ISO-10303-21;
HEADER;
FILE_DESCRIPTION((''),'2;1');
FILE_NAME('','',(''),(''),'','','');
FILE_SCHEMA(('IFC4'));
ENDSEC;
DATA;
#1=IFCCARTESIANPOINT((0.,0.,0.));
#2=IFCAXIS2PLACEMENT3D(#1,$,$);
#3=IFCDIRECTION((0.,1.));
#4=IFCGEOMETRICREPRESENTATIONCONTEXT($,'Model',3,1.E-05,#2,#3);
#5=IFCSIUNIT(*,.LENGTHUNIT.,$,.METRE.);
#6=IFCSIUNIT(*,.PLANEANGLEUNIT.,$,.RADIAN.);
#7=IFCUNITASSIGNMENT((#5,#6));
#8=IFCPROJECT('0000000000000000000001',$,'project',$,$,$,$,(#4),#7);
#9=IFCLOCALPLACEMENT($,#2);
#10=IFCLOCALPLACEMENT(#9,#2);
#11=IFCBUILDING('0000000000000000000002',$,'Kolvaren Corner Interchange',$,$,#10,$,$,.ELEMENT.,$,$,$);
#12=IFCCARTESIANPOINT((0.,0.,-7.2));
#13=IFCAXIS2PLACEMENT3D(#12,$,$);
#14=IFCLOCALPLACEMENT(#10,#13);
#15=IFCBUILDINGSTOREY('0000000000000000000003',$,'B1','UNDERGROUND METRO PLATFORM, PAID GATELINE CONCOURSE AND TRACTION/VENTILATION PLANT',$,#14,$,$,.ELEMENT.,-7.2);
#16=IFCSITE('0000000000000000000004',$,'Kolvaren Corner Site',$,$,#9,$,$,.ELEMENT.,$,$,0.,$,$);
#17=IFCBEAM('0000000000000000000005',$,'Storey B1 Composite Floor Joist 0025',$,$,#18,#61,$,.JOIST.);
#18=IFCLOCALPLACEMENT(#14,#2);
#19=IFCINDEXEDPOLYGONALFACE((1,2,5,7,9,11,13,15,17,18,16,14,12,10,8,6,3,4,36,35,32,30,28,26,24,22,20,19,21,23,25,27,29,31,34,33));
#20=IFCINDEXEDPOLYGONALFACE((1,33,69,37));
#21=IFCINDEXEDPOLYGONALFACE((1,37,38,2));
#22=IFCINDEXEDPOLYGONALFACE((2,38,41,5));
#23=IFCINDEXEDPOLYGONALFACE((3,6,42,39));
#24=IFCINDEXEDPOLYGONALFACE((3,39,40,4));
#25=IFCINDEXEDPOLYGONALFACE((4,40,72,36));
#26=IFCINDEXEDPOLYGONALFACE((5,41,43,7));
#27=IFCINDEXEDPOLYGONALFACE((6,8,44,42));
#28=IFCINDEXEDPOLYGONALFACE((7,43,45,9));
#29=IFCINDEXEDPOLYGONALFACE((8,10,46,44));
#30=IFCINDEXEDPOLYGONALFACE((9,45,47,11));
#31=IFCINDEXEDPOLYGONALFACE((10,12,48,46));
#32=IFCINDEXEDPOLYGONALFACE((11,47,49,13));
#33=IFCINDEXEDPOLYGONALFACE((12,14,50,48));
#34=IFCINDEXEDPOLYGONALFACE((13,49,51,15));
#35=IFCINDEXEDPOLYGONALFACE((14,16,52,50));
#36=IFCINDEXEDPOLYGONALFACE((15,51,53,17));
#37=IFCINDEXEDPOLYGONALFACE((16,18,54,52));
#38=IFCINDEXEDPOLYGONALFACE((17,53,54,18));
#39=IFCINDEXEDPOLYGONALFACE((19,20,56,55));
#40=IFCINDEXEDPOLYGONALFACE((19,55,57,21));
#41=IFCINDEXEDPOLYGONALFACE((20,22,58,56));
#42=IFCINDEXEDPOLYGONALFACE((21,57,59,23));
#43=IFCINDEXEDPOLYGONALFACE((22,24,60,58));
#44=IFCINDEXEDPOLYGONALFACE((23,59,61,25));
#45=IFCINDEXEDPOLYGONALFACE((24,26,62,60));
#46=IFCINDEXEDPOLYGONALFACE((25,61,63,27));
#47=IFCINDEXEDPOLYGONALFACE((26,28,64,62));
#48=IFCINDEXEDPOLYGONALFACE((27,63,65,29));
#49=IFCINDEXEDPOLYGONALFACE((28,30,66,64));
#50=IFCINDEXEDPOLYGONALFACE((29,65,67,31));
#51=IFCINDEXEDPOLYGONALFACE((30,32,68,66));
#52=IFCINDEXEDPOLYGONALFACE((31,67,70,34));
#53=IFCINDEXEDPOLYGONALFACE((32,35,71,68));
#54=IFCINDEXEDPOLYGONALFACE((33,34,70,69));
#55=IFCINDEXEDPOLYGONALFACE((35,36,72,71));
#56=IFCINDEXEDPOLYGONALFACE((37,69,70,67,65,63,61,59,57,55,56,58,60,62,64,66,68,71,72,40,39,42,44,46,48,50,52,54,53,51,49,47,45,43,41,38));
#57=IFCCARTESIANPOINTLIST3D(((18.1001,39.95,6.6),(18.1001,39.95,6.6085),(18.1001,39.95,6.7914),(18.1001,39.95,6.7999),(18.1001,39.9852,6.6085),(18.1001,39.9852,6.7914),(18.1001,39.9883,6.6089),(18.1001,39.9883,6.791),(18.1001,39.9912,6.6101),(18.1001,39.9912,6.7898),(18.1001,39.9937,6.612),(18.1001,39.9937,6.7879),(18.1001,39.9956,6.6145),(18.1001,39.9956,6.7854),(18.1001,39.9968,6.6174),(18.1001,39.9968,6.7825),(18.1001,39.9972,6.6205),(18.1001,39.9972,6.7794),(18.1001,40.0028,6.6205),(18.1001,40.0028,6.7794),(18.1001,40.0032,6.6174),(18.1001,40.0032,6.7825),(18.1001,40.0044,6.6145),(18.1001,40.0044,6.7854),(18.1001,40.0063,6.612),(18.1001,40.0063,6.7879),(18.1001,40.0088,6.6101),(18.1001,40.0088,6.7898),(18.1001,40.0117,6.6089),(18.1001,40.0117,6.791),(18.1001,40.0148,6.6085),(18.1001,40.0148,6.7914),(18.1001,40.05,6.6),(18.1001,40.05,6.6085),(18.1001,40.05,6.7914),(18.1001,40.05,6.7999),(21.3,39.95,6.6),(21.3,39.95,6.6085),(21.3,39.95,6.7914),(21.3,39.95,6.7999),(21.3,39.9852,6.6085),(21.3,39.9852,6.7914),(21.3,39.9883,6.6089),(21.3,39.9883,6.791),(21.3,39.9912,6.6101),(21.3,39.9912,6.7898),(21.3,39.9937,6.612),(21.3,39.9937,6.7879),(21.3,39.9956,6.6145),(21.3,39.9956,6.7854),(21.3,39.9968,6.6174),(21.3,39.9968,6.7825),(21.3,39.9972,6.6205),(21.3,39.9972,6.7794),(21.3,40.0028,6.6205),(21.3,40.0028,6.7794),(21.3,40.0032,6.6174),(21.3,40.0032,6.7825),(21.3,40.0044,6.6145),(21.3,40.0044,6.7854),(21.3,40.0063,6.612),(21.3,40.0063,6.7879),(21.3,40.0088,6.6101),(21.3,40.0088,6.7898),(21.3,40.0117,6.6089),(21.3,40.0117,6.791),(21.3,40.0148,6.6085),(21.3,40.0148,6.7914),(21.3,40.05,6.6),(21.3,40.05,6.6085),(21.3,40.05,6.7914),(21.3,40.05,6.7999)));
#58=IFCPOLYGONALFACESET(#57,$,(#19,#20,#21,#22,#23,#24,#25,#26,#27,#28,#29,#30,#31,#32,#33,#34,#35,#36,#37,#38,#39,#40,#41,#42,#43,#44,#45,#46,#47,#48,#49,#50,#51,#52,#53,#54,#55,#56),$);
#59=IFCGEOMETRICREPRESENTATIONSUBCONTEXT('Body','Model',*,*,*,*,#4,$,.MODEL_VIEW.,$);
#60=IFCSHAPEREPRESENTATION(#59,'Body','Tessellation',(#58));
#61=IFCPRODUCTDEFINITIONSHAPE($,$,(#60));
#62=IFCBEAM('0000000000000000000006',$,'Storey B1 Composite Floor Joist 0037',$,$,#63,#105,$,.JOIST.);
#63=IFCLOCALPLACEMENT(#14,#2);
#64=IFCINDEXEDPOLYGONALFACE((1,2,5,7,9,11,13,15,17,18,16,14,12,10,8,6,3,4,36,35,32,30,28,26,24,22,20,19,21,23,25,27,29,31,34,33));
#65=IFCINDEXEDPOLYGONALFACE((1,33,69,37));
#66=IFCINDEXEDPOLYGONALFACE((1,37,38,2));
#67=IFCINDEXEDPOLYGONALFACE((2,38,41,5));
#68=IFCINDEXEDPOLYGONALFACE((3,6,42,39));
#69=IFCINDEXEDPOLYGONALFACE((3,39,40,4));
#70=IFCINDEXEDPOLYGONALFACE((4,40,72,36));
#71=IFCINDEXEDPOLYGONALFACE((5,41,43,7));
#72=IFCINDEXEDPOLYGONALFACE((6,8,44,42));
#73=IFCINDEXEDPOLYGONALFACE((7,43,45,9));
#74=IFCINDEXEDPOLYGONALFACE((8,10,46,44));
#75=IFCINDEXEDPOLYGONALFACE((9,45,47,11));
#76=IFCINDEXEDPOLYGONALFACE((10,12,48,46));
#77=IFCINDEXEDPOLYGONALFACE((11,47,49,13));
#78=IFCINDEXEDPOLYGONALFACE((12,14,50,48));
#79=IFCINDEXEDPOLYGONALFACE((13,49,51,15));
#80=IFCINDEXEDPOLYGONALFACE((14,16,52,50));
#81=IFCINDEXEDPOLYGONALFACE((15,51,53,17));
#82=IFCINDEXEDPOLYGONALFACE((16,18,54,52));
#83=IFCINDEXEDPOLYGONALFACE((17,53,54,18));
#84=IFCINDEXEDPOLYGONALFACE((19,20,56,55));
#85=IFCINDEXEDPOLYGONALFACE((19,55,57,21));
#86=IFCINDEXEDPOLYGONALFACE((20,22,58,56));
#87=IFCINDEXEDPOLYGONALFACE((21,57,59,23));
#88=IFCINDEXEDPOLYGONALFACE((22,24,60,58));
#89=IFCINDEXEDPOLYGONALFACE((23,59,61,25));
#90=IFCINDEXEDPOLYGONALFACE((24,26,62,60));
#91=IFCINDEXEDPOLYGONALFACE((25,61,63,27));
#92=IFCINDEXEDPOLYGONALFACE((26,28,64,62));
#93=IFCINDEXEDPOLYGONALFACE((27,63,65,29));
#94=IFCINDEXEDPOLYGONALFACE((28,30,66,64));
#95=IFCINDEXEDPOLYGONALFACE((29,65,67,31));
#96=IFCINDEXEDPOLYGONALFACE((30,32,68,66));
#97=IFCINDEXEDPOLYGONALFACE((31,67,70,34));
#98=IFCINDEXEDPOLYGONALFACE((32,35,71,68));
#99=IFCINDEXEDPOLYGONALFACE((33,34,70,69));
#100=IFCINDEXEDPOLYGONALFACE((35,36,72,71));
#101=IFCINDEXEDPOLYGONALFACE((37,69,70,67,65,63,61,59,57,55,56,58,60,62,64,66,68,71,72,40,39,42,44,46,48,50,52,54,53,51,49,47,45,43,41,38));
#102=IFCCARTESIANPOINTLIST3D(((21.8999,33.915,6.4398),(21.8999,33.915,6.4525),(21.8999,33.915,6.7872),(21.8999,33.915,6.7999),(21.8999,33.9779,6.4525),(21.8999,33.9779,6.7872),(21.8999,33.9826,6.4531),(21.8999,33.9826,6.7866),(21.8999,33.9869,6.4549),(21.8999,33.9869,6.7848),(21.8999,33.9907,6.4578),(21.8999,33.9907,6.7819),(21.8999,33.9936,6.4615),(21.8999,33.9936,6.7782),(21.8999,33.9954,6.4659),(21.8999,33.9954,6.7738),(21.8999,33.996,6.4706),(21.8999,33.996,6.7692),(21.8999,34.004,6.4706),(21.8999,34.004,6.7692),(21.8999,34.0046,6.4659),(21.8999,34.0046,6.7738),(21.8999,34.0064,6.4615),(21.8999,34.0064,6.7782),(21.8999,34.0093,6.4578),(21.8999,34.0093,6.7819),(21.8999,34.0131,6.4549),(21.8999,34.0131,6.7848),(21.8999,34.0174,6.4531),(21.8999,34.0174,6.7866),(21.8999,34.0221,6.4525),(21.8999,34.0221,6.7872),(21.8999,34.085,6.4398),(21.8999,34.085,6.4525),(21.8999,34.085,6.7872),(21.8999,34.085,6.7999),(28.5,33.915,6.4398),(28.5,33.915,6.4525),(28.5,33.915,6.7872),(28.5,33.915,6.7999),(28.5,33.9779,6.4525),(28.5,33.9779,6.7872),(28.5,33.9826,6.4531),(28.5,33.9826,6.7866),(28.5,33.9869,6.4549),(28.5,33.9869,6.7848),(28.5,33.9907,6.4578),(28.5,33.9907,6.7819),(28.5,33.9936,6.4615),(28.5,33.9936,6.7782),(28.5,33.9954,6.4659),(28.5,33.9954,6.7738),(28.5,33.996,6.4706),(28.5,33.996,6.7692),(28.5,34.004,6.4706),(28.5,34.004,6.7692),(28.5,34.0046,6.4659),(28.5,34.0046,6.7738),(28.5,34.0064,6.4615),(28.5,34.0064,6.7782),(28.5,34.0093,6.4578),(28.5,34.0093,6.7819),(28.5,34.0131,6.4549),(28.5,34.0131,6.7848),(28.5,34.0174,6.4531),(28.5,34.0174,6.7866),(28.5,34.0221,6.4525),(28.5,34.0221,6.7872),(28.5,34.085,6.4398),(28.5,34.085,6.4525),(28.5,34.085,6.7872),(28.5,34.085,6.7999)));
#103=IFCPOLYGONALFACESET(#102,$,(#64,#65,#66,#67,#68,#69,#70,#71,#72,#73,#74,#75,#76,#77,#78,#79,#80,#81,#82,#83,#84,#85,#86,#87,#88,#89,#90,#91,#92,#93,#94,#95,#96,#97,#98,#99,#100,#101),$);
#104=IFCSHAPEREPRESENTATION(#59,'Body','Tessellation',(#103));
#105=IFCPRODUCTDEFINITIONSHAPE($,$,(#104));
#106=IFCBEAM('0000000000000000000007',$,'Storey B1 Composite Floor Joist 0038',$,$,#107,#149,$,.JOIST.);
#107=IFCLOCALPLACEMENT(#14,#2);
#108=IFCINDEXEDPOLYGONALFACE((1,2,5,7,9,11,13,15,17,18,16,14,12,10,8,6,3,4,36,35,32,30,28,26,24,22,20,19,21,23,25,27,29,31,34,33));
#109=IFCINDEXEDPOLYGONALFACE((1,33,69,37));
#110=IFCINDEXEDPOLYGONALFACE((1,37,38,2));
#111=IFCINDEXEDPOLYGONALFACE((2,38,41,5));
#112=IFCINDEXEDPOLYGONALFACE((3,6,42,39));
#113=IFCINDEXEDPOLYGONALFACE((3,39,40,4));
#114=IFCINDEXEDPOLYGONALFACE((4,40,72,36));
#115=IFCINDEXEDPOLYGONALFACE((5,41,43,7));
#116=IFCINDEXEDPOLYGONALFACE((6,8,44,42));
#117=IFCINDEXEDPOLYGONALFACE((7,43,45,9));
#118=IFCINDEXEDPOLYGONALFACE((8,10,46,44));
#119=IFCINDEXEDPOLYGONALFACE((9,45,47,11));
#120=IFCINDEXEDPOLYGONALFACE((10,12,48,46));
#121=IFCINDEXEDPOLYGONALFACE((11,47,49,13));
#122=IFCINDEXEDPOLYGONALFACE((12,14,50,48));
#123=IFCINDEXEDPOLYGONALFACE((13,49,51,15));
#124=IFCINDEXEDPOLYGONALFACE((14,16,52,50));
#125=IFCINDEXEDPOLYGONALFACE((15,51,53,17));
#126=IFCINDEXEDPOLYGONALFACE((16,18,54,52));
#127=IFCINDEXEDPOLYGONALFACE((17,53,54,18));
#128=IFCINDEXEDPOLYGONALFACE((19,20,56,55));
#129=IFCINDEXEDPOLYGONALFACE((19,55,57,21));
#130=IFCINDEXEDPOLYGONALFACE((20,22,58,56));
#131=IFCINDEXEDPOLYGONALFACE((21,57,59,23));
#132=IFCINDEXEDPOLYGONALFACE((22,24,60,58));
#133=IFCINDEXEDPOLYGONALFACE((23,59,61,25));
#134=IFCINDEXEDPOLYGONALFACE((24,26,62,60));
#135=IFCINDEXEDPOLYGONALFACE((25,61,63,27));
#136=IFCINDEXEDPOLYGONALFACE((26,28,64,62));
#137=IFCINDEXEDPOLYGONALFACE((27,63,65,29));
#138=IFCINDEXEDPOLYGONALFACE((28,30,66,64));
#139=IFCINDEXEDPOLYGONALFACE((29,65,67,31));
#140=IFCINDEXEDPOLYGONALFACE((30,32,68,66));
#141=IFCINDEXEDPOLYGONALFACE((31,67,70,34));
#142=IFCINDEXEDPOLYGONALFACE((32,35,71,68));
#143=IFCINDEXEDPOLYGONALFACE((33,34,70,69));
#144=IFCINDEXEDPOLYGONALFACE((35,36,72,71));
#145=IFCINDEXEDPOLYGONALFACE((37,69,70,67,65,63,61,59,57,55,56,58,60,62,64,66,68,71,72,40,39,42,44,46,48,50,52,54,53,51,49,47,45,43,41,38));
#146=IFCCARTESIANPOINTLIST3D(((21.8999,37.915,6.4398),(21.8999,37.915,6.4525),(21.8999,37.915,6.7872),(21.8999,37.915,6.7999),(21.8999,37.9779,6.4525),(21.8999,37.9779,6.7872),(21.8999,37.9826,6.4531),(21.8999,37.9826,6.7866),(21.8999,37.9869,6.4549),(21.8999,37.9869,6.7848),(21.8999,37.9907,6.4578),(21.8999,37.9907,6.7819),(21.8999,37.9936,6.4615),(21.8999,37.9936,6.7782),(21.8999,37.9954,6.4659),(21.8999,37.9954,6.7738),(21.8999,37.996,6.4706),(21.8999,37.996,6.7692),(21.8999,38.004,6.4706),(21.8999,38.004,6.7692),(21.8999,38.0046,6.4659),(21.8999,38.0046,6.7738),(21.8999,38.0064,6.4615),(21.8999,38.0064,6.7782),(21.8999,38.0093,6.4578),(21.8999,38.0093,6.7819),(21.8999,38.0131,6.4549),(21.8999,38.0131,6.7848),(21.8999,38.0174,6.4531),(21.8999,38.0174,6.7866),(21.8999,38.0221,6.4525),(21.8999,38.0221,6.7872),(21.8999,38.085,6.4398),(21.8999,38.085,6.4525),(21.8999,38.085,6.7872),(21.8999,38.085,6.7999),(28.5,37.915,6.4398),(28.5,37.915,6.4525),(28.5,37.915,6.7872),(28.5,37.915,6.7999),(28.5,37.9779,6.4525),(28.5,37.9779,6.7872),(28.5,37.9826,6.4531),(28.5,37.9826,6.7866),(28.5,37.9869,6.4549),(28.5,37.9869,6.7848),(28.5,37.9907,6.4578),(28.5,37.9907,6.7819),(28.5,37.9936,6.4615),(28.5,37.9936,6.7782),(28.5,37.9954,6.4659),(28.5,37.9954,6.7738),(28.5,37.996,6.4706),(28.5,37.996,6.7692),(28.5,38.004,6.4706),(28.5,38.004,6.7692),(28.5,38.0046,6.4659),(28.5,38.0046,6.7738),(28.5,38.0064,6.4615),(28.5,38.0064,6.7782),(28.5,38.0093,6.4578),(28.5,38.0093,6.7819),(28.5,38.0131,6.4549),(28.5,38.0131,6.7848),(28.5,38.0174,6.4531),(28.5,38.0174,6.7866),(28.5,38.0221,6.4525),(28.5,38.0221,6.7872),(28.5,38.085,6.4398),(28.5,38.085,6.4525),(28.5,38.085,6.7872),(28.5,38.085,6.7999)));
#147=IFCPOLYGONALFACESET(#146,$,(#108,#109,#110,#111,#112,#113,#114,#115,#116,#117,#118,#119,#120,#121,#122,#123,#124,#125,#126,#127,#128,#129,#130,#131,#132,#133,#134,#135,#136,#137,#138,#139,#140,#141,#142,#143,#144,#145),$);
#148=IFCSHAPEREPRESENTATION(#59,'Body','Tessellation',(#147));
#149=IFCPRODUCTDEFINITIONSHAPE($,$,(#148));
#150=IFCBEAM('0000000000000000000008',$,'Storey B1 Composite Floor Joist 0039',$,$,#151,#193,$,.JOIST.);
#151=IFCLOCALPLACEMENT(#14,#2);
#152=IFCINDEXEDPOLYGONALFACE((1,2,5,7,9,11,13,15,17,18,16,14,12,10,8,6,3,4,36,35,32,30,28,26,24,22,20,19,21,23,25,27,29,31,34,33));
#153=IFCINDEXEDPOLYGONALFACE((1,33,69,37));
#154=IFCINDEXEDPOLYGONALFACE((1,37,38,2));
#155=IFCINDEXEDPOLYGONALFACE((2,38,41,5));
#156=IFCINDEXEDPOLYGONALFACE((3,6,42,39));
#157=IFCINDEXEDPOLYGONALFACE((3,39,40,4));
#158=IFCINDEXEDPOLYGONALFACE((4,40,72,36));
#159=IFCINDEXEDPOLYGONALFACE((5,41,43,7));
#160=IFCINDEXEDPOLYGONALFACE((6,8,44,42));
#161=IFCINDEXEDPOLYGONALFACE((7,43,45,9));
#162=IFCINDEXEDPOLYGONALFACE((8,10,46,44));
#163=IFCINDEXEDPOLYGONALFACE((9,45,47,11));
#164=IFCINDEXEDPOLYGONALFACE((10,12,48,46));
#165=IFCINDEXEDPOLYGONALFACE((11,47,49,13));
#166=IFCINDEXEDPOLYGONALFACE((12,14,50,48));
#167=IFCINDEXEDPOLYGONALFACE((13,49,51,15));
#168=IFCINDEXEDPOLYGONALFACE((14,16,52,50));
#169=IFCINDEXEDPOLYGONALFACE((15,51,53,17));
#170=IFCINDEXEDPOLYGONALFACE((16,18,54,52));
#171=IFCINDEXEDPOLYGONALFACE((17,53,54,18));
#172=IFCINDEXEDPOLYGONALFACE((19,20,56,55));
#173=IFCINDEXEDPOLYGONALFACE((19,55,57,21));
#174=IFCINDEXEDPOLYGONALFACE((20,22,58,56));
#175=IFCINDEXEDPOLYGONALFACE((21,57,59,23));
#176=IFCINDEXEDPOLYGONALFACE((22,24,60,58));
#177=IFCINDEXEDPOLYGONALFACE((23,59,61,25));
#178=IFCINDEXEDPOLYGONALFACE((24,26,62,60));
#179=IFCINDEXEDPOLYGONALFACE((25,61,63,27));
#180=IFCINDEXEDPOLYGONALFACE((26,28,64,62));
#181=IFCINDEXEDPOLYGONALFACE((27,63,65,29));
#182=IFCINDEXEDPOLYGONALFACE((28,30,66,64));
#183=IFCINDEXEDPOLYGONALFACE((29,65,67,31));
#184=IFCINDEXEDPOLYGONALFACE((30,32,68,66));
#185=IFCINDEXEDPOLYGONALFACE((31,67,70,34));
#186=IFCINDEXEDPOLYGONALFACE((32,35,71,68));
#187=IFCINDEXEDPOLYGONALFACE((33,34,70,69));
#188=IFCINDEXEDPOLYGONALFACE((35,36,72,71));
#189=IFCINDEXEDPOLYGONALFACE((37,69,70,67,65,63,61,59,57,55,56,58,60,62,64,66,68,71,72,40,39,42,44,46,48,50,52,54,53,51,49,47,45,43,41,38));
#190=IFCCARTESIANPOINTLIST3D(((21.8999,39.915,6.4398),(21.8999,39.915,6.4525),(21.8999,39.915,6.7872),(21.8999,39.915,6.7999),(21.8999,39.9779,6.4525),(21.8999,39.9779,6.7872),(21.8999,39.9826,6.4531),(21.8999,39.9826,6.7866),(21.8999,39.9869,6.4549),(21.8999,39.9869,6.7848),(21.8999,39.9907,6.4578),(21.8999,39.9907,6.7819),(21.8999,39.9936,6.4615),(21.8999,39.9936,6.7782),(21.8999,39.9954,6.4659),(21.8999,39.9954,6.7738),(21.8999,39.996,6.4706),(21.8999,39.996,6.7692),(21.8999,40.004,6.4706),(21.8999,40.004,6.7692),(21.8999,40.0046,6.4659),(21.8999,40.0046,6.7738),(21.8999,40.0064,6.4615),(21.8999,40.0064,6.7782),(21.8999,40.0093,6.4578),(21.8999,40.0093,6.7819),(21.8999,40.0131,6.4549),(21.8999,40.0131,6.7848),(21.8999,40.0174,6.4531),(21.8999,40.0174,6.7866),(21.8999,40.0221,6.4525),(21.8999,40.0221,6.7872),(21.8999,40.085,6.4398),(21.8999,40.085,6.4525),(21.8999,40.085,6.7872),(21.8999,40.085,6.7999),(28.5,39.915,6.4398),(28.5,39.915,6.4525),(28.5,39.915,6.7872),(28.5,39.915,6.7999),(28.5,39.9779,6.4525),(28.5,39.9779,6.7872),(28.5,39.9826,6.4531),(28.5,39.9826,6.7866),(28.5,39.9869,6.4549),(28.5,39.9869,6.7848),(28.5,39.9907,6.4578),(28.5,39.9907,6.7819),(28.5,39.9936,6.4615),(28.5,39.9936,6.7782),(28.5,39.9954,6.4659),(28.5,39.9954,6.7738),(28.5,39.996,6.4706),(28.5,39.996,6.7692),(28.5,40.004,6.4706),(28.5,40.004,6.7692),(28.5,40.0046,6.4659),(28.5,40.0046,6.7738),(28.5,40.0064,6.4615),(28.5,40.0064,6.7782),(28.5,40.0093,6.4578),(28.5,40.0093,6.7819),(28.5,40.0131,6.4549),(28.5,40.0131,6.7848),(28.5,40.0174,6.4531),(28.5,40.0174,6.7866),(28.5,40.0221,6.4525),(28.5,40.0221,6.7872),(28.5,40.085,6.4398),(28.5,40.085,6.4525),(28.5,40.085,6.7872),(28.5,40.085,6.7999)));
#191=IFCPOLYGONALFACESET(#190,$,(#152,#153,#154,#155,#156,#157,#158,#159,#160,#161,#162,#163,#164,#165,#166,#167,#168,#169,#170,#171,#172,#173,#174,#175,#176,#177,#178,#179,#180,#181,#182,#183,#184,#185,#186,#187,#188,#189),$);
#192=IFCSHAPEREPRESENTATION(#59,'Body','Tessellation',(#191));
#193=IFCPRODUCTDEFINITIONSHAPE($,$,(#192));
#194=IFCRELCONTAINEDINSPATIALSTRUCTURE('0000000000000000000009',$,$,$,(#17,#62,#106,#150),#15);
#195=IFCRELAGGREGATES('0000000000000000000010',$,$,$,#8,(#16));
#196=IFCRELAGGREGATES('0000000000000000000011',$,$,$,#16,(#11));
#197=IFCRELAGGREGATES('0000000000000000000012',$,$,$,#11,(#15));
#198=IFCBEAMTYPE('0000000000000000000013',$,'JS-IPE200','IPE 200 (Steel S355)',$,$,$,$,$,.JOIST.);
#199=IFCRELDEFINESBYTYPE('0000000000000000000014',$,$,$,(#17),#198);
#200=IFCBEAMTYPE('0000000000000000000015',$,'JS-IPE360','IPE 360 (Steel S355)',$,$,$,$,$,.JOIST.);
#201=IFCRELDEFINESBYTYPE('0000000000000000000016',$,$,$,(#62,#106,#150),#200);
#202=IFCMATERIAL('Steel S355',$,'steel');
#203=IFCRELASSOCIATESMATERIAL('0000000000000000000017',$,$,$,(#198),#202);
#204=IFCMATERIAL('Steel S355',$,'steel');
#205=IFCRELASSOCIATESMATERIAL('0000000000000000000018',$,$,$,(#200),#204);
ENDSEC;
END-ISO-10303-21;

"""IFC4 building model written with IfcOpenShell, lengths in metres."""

from ifc_helpers import new_model, si_unit, direction, frame, origin, origin_2d, place, context, subcontext, project, spatial, i_section, extrude, material, material_profile, profile_set, type_object, element, save


model = new_model("IFC4")

# Units and contexts
model_context = context("Model", 3, precision=1e-05, world=origin(), true_north=direction((0.0, 1.0)))
body_context = subcontext(model_context, "Body", "Model", "MODEL_VIEW")
ifc_project = project(units=[si_unit("LENGTHUNIT", "METRE"), si_unit("PLANEANGLEUNIT", "RADIAN")], contexts=[model_context])

# Site, building, storey
site_placement = place(None, origin())
site = spatial("IfcSite", under=ifc_project, at=site_placement, Name="Kolvaren Corner Site", CompositionType="ELEMENT", RefElevation=0.0)
building_placement = place(site_placement, origin())
building = spatial("IfcBuilding", under=site, at=building_placement, Name="Kolvaren Corner Interchange", CompositionType="ELEMENT")
storey_placement = place(building_placement, frame((0.0, 0.0, -7.2)))
storey = spatial("IfcBuildingStorey", under=building, at=storey_placement, Name="B1", Description="UNDERGROUND METRO PLATFORM, PAID GATELINE CONCOURSE AND TRACTION/VENTILATION PLANT", CompositionType="ELEMENT", Elevation=-7.2)

# Beams
ifc_material_1 = material(Name="Steel S355", Category="steel")
ifc_material_profile_1 = material_profile(ifc_material_1, i_section(OverallWidth=0.1001, OverallDepth=0.2, WebThickness=0.0056, FlangeThickness=0.0085, FilletRadius=0.012, at=origin_2d()), Name="IPE 200")
ifc_profile_set_1 = profile_set([ifc_material_profile_1], Name="Steel S355")
beam_type_1 = type_object("IfcBeamType", Name="JS-IPE200", Description="IPE 200 (Steel S355)", PredefinedType="JOIST", material=ifc_profile_set_1)
for number, where, z_axis, x_axis, name in (
    (1, (18.1001, 40.0, 6.7), (1.0, 0.0, 0.0), (0.0, 1.0, 0.0), "Storey B1 Composite Floor Joist 0025"),
):
    element("IfcBeam", number, at=place(storey_placement, frame(where, z_axis=z_axis, x_axis=x_axis)), inside=storey, type_object=beam_type_1, Name=name, PredefinedType="JOIST", context=body_context, shape_type="SweptSolid", body=[
        extrude(i_section(OverallWidth=0.1001, OverallDepth=0.2, WebThickness=0.0056, FlangeThickness=0.0085, FilletRadius=0.012, at=origin_2d()), origin(), (0.0, 0.0, 1.0), 3.2),
    ])
ifc_material_2 = material(Name="Steel S355", Category="steel")
ifc_material_profile_2 = material_profile(ifc_material_2, i_section(OverallWidth=0.1699, OverallDepth=0.3601, WebThickness=0.0081, FlangeThickness=0.0127, FilletRadius=0.0181, at=origin_2d()), Name="IPE 360")
ifc_profile_set_2 = profile_set([ifc_material_profile_2], Name="Steel S355")
beam_type_2 = type_object("IfcBeamType", Name="JS-IPE360", Description="IPE 360 (Steel S355)", PredefinedType="JOIST", material=ifc_profile_set_2)
for number, where, z_axis, x_axis, name in (
    (2, (21.8999, 34.0, 6.6199), (1.0, 0.0, 0.0), (0.0, 1.0, 0.0), "Storey B1 Composite Floor Joist 0037"),
    (3, (21.8999, 38.0, 6.6199), (1.0, 0.0, 0.0), (0.0, 1.0, 0.0), "Storey B1 Composite Floor Joist 0038"),
    (4, (21.8999, 40.0, 6.6199), (1.0, 0.0, 0.0), (0.0, 1.0, 0.0), "Storey B1 Composite Floor Joist 0039"),
):
    element("IfcBeam", number, at=place(storey_placement, frame(where, z_axis=z_axis, x_axis=x_axis)), inside=storey, type_object=beam_type_2, Name=name, PredefinedType="JOIST", context=body_context, shape_type="SweptSolid", body=[
        extrude(i_section(OverallWidth=0.1699, OverallDepth=0.3601, WebThickness=0.0081, FlangeThickness=0.0127, FilletRadius=0.0181, at=origin_2d()), origin(), (0.0, 0.0, 1.0), 6.6001),
    ])

save(model, "model.ifc")
